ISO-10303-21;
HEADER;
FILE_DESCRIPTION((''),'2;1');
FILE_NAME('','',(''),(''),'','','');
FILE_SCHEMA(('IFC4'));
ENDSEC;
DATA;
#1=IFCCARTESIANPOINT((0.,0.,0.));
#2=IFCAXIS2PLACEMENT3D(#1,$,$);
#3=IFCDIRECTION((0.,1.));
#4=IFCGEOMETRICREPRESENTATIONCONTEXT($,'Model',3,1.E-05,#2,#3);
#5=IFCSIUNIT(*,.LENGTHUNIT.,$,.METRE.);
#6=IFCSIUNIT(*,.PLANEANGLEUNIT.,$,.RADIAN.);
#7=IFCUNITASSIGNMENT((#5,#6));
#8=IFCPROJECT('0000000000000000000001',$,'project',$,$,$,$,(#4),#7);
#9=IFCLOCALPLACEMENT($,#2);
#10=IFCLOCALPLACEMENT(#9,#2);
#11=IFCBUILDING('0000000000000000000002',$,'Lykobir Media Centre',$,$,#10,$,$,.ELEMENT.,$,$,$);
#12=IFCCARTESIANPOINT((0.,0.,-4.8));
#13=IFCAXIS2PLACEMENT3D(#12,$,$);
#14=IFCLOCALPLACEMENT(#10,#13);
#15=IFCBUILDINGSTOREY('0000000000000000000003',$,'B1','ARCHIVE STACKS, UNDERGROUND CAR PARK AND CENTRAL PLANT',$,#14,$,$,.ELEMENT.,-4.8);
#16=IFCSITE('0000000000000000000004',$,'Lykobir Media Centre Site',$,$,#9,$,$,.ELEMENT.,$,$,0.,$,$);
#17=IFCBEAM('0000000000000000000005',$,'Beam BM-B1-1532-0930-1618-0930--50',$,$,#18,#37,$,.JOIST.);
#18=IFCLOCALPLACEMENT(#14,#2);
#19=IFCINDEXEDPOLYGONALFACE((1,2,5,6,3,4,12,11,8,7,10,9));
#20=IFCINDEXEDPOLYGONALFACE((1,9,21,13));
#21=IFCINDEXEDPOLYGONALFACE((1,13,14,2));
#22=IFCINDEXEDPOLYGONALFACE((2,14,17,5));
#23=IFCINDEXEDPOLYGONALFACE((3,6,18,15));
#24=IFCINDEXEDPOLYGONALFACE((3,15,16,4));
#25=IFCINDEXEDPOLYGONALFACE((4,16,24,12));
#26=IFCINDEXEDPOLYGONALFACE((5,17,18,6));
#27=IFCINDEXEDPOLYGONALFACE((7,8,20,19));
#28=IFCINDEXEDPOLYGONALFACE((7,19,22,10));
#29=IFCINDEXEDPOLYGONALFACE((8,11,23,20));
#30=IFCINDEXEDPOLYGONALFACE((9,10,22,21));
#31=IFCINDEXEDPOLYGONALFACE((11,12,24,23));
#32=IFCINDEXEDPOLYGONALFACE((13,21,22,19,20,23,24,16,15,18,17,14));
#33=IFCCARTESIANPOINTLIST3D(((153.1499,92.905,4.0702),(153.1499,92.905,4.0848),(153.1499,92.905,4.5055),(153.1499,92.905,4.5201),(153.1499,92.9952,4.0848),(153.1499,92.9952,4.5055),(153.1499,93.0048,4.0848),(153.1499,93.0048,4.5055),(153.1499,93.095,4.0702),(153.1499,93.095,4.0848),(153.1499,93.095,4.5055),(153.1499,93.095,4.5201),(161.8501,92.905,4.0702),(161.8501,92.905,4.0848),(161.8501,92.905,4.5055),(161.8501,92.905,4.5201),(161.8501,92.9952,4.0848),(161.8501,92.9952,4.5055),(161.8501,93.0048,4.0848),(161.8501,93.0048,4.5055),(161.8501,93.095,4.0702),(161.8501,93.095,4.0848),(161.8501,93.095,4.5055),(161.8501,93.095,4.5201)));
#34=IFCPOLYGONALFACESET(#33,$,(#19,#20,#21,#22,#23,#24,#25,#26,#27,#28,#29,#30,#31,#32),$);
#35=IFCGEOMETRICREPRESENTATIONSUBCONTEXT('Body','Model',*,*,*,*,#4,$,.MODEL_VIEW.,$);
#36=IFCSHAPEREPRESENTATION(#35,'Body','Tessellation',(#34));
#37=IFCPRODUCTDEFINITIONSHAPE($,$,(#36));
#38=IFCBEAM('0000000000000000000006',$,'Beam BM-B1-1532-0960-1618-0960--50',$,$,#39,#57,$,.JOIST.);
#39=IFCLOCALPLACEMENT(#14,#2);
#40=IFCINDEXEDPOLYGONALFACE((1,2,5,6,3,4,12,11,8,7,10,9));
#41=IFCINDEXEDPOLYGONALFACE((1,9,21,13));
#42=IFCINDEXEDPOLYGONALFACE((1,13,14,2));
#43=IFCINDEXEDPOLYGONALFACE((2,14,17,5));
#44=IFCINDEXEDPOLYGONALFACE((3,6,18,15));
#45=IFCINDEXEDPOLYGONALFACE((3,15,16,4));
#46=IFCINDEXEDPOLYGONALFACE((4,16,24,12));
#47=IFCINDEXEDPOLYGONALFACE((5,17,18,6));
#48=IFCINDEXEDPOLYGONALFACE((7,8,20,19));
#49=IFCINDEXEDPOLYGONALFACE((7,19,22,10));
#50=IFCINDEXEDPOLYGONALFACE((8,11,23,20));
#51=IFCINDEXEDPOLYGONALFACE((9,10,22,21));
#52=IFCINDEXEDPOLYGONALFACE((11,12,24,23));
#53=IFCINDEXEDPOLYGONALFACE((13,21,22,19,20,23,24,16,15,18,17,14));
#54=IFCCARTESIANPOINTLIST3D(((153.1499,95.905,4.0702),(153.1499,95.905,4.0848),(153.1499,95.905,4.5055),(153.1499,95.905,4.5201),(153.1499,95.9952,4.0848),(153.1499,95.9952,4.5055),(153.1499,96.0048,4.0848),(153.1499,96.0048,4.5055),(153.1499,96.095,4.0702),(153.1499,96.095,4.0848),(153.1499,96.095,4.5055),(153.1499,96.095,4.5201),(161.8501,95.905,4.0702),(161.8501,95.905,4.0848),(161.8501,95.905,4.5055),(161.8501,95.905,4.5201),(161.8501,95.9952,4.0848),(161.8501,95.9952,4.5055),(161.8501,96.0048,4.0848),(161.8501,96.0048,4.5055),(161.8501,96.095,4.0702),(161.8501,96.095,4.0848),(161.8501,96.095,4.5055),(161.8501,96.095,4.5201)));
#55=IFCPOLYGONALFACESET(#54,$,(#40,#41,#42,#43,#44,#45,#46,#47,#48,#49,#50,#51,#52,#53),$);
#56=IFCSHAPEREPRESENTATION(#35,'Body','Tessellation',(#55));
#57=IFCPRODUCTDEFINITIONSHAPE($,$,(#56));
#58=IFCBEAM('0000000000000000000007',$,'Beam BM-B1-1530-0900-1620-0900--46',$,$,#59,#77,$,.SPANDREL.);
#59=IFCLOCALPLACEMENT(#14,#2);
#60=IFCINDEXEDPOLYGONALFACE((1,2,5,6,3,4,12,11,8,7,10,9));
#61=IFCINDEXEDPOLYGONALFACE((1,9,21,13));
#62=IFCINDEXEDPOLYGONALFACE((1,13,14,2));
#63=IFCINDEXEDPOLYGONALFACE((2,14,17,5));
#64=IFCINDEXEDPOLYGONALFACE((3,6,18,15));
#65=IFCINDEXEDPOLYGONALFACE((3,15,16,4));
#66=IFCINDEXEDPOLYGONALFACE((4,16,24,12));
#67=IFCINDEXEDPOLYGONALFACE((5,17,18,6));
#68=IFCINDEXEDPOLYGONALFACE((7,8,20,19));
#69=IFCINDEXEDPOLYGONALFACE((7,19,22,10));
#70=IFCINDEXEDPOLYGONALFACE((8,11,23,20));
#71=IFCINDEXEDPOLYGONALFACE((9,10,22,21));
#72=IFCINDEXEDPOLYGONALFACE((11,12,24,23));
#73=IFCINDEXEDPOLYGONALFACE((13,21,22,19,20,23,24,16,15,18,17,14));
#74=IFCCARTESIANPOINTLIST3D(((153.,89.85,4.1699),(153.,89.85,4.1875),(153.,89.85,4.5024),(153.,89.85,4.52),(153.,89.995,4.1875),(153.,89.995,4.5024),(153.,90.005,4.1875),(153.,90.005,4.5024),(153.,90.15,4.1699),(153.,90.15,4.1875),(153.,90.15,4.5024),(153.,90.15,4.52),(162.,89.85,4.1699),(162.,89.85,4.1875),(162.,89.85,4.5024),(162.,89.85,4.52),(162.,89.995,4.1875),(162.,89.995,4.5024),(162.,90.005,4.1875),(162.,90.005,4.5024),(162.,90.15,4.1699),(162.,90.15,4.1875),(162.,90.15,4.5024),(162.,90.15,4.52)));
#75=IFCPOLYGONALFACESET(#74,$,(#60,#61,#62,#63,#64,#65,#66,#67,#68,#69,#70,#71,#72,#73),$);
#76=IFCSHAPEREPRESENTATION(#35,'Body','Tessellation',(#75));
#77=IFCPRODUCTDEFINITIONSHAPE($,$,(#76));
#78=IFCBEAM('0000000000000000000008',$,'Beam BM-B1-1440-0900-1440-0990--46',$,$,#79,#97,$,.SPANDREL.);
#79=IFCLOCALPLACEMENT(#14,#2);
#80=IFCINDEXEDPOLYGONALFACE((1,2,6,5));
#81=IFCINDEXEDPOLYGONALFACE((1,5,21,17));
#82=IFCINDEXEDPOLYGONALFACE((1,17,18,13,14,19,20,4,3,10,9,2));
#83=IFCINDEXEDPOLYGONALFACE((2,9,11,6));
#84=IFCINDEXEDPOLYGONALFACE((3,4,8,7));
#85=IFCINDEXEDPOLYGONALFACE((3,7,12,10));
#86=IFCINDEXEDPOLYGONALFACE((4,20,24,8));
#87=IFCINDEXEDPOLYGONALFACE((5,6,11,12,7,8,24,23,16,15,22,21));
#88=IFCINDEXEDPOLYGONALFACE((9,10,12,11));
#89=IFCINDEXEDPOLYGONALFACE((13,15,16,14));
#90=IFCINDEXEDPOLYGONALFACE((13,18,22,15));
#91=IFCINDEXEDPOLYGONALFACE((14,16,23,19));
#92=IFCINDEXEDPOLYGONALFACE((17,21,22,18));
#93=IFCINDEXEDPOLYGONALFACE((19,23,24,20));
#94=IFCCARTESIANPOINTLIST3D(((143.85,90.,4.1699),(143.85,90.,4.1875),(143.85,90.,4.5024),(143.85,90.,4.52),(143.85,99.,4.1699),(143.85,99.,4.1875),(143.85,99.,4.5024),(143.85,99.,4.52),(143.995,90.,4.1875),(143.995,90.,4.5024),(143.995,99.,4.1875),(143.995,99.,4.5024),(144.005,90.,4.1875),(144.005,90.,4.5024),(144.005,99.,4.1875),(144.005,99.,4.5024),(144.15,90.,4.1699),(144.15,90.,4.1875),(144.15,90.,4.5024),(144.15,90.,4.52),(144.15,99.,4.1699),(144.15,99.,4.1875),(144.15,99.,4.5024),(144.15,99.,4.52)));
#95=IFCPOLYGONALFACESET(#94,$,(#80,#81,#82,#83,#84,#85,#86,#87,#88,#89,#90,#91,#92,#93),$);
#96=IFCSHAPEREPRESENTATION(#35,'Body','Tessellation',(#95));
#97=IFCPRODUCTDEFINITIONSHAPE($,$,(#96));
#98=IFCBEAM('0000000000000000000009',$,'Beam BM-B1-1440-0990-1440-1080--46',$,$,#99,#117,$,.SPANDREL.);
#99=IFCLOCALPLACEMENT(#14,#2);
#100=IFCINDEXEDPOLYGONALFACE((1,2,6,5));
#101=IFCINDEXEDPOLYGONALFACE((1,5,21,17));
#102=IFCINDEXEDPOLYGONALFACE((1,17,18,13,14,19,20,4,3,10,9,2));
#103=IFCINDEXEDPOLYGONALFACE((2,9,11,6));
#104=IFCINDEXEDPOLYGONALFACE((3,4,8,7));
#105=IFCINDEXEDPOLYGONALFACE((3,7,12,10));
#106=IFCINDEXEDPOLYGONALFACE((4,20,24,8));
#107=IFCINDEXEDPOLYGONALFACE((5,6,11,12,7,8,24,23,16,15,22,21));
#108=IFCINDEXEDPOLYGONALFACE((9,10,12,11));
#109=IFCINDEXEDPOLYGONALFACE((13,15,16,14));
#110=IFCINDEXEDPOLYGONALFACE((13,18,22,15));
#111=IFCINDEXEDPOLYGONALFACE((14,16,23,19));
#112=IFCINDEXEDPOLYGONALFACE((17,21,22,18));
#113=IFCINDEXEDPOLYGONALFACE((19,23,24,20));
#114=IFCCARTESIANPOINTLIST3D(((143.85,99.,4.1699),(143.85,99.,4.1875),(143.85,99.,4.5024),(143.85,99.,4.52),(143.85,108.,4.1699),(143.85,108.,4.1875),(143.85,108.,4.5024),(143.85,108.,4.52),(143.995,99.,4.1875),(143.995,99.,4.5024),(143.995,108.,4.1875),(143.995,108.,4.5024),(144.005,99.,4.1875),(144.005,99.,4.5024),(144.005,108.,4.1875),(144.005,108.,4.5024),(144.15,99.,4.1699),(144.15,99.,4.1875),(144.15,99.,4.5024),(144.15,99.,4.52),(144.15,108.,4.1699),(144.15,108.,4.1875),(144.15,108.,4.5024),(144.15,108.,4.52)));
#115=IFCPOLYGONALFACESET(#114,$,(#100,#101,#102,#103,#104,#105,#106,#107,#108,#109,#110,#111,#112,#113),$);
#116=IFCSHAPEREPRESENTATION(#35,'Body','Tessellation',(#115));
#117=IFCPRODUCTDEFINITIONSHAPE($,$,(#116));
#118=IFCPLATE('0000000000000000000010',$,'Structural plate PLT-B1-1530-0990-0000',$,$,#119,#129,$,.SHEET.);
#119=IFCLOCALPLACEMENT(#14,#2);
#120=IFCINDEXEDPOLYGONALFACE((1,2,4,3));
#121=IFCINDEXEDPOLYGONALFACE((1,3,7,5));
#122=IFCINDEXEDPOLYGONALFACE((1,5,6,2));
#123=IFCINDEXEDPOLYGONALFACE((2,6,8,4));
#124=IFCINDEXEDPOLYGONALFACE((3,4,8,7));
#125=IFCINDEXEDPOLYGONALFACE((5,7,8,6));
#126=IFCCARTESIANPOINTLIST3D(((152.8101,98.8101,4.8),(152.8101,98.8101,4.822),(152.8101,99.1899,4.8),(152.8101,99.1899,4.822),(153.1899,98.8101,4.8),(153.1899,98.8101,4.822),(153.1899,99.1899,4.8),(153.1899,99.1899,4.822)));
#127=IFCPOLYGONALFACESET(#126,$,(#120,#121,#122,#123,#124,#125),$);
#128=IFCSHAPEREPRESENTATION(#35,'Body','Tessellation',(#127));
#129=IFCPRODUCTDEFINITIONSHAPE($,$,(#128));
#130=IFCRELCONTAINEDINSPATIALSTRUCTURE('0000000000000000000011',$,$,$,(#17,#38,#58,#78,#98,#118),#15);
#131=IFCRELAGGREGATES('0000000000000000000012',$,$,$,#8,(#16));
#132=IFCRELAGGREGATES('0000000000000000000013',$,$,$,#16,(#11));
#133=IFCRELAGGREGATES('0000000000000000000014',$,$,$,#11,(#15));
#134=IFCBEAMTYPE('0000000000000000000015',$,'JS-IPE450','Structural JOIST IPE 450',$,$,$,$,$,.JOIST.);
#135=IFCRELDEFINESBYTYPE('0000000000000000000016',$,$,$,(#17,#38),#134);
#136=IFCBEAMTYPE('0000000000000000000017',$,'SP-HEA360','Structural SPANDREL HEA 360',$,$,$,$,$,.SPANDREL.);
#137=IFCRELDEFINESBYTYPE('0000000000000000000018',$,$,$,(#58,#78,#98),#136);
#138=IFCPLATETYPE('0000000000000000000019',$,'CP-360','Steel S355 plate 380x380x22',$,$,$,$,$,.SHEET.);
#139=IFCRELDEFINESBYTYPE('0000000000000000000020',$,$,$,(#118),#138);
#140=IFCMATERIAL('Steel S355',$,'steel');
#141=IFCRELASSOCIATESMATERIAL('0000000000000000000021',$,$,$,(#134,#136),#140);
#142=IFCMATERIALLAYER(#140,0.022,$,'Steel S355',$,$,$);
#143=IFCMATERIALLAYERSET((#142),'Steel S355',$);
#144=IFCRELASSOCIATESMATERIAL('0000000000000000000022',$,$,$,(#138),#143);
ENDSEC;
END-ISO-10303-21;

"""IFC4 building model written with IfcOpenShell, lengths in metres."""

from ifc_helpers import new_model, si_unit, direction, frame, origin, origin_2d, place, context, subcontext, project, spatial, rectangle, i_section, extrude, material, layer, layer_set, material_profile, profile_set, type_object, element, save


model = new_model("IFC4")

# Units and contexts
model_context = context("Model", 3, precision=1e-05, world=origin(), true_north=direction((0.0, 1.0)))
body_context = subcontext(model_context, "Body", "Model", "MODEL_VIEW")
ifc_project = project(units=[si_unit("LENGTHUNIT", "METRE"), si_unit("PLANEANGLEUNIT", "RADIAN")], contexts=[model_context])

# Site, building, storey
site_placement = place(None, origin())
site = spatial("IfcSite", under=ifc_project, at=site_placement, Name="Lykobir Media Centre Site", CompositionType="ELEMENT", RefElevation=0.0)
building_placement = place(site_placement, origin())
building = spatial("IfcBuilding", under=site, at=building_placement, Name="Lykobir Media Centre", CompositionType="ELEMENT")
storey_placement = place(building_placement, frame((0.0, 0.0, -4.8)))
storey = spatial("IfcBuildingStorey", under=building, at=storey_placement, Name="B1", Description="ARCHIVE STACKS, UNDERGROUND CAR PARK AND CENTRAL PLANT", CompositionType="ELEMENT", Elevation=-4.8)

# Shared definitions
ifc_material_1 = material(Name="Steel S355", Category="steel")

# Beams
ifc_material_profile_1 = material_profile(ifc_material_1, i_section(OverallWidth=0.1899, OverallDepth=0.45, WebThickness=0.0095, FlangeThickness=0.0146, at=origin_2d()), Name="IPE 450")
ifc_profile_set_1 = profile_set([ifc_material_profile_1], Name="Steel S355")
beam_type_1 = type_object("IfcBeamType", Name="JS-IPE450", Description="Structural JOIST IPE 450", PredefinedType="JOIST", material=ifc_profile_set_1)
for number, where, z_axis, x_axis, name in (
    (1, (153.1499, 93.0, 4.2952), (1.0, 0.0, 0.0), (0.0, 1.0, 0.0), "Beam BM-B1-1532-0930-1618-0930--50"),
    (2, (153.1499, 96.0, 4.2952), (1.0, 0.0, 0.0), (0.0, 1.0, 0.0), "Beam BM-B1-1532-0960-1618-0960--50"),
):
    element("IfcBeam", number, at=place(storey_placement, frame(where, z_axis=z_axis, x_axis=x_axis)), inside=storey, type_object=beam_type_1, Name=name, PredefinedType="JOIST", context=body_context, shape_type="SweptSolid", body=[
        extrude(i_section(OverallWidth=0.1899, OverallDepth=0.45, WebThickness=0.0095, FlangeThickness=0.0146, at=origin_2d()), origin(), (0.0, 0.0, 1.0), 8.7002),
    ])
ifc_material_profile_2 = material_profile(ifc_material_1, i_section(OverallWidth=0.3, OverallDepth=0.3501, WebThickness=0.01, FlangeThickness=0.0176, at=origin_2d()), Name="HEA 360")
ifc_profile_set_2 = profile_set([ifc_material_profile_2], Name="Steel S355")
beam_type_2 = type_object("IfcBeamType", Name="SP-HEA360", Description="Structural SPANDREL HEA 360", PredefinedType="SPANDREL", material=ifc_profile_set_2)
for number, where, z_axis, x_axis, name in (
    (3, (153.0, 90.0, 4.345), (1.0, 0.0, 0.0), (0.0, 1.0, 0.0), "Beam BM-B1-1530-0900-1620-0900--46"),
    (4, (144.0, 90.0, 4.345), (0.0, 1.0, 0.0), (-1.0, 0.0, 0.0), "Beam BM-B1-1440-0900-1440-0990--46"),
    (5, (144.0, 99.0, 4.345), (0.0, 1.0, 0.0), (-1.0, 0.0, 0.0), "Beam BM-B1-1440-0990-1440-1080--46"),
):
    element("IfcBeam", number, at=place(storey_placement, frame(where, z_axis=z_axis, x_axis=x_axis)), inside=storey, type_object=beam_type_2, Name=name, PredefinedType="SPANDREL", context=body_context, shape_type="SweptSolid", body=[
        extrude(i_section(OverallWidth=0.3, OverallDepth=0.3501, WebThickness=0.01, FlangeThickness=0.0176, at=origin_2d()), origin(), (0.0, 0.0, 1.0), 9.0),
    ])

# Plate
ifc_layer = layer(ifc_material_1, 0.022, Name="Steel S355")
ifc_layer_set = layer_set([ifc_layer], Name="Steel S355")
plate_type = type_object("IfcPlateType", Name="CP-360", Description="Steel S355 plate 380x380x22", PredefinedType="SHEET", material=ifc_layer_set)
plate_placement = place(storey_placement, frame((153.0, 99.0, 4.8), z_axis=(0.0, 0.0, 1.0), x_axis=(1.0, 0.0, 0.0)))
element("IfcPlate", 6, at=plate_placement, inside=storey, type_object=plate_type, Name="Structural plate PLT-B1-1530-0990-0000", PredefinedType="SHEET", context=body_context, shape_type="SweptSolid", body=[
    extrude(rectangle(XDim=0.3799, YDim=0.3799, at=origin_2d()), origin(), (0.0, 0.0, 1.0), 0.022),
])

save(model, "model.ifc")
